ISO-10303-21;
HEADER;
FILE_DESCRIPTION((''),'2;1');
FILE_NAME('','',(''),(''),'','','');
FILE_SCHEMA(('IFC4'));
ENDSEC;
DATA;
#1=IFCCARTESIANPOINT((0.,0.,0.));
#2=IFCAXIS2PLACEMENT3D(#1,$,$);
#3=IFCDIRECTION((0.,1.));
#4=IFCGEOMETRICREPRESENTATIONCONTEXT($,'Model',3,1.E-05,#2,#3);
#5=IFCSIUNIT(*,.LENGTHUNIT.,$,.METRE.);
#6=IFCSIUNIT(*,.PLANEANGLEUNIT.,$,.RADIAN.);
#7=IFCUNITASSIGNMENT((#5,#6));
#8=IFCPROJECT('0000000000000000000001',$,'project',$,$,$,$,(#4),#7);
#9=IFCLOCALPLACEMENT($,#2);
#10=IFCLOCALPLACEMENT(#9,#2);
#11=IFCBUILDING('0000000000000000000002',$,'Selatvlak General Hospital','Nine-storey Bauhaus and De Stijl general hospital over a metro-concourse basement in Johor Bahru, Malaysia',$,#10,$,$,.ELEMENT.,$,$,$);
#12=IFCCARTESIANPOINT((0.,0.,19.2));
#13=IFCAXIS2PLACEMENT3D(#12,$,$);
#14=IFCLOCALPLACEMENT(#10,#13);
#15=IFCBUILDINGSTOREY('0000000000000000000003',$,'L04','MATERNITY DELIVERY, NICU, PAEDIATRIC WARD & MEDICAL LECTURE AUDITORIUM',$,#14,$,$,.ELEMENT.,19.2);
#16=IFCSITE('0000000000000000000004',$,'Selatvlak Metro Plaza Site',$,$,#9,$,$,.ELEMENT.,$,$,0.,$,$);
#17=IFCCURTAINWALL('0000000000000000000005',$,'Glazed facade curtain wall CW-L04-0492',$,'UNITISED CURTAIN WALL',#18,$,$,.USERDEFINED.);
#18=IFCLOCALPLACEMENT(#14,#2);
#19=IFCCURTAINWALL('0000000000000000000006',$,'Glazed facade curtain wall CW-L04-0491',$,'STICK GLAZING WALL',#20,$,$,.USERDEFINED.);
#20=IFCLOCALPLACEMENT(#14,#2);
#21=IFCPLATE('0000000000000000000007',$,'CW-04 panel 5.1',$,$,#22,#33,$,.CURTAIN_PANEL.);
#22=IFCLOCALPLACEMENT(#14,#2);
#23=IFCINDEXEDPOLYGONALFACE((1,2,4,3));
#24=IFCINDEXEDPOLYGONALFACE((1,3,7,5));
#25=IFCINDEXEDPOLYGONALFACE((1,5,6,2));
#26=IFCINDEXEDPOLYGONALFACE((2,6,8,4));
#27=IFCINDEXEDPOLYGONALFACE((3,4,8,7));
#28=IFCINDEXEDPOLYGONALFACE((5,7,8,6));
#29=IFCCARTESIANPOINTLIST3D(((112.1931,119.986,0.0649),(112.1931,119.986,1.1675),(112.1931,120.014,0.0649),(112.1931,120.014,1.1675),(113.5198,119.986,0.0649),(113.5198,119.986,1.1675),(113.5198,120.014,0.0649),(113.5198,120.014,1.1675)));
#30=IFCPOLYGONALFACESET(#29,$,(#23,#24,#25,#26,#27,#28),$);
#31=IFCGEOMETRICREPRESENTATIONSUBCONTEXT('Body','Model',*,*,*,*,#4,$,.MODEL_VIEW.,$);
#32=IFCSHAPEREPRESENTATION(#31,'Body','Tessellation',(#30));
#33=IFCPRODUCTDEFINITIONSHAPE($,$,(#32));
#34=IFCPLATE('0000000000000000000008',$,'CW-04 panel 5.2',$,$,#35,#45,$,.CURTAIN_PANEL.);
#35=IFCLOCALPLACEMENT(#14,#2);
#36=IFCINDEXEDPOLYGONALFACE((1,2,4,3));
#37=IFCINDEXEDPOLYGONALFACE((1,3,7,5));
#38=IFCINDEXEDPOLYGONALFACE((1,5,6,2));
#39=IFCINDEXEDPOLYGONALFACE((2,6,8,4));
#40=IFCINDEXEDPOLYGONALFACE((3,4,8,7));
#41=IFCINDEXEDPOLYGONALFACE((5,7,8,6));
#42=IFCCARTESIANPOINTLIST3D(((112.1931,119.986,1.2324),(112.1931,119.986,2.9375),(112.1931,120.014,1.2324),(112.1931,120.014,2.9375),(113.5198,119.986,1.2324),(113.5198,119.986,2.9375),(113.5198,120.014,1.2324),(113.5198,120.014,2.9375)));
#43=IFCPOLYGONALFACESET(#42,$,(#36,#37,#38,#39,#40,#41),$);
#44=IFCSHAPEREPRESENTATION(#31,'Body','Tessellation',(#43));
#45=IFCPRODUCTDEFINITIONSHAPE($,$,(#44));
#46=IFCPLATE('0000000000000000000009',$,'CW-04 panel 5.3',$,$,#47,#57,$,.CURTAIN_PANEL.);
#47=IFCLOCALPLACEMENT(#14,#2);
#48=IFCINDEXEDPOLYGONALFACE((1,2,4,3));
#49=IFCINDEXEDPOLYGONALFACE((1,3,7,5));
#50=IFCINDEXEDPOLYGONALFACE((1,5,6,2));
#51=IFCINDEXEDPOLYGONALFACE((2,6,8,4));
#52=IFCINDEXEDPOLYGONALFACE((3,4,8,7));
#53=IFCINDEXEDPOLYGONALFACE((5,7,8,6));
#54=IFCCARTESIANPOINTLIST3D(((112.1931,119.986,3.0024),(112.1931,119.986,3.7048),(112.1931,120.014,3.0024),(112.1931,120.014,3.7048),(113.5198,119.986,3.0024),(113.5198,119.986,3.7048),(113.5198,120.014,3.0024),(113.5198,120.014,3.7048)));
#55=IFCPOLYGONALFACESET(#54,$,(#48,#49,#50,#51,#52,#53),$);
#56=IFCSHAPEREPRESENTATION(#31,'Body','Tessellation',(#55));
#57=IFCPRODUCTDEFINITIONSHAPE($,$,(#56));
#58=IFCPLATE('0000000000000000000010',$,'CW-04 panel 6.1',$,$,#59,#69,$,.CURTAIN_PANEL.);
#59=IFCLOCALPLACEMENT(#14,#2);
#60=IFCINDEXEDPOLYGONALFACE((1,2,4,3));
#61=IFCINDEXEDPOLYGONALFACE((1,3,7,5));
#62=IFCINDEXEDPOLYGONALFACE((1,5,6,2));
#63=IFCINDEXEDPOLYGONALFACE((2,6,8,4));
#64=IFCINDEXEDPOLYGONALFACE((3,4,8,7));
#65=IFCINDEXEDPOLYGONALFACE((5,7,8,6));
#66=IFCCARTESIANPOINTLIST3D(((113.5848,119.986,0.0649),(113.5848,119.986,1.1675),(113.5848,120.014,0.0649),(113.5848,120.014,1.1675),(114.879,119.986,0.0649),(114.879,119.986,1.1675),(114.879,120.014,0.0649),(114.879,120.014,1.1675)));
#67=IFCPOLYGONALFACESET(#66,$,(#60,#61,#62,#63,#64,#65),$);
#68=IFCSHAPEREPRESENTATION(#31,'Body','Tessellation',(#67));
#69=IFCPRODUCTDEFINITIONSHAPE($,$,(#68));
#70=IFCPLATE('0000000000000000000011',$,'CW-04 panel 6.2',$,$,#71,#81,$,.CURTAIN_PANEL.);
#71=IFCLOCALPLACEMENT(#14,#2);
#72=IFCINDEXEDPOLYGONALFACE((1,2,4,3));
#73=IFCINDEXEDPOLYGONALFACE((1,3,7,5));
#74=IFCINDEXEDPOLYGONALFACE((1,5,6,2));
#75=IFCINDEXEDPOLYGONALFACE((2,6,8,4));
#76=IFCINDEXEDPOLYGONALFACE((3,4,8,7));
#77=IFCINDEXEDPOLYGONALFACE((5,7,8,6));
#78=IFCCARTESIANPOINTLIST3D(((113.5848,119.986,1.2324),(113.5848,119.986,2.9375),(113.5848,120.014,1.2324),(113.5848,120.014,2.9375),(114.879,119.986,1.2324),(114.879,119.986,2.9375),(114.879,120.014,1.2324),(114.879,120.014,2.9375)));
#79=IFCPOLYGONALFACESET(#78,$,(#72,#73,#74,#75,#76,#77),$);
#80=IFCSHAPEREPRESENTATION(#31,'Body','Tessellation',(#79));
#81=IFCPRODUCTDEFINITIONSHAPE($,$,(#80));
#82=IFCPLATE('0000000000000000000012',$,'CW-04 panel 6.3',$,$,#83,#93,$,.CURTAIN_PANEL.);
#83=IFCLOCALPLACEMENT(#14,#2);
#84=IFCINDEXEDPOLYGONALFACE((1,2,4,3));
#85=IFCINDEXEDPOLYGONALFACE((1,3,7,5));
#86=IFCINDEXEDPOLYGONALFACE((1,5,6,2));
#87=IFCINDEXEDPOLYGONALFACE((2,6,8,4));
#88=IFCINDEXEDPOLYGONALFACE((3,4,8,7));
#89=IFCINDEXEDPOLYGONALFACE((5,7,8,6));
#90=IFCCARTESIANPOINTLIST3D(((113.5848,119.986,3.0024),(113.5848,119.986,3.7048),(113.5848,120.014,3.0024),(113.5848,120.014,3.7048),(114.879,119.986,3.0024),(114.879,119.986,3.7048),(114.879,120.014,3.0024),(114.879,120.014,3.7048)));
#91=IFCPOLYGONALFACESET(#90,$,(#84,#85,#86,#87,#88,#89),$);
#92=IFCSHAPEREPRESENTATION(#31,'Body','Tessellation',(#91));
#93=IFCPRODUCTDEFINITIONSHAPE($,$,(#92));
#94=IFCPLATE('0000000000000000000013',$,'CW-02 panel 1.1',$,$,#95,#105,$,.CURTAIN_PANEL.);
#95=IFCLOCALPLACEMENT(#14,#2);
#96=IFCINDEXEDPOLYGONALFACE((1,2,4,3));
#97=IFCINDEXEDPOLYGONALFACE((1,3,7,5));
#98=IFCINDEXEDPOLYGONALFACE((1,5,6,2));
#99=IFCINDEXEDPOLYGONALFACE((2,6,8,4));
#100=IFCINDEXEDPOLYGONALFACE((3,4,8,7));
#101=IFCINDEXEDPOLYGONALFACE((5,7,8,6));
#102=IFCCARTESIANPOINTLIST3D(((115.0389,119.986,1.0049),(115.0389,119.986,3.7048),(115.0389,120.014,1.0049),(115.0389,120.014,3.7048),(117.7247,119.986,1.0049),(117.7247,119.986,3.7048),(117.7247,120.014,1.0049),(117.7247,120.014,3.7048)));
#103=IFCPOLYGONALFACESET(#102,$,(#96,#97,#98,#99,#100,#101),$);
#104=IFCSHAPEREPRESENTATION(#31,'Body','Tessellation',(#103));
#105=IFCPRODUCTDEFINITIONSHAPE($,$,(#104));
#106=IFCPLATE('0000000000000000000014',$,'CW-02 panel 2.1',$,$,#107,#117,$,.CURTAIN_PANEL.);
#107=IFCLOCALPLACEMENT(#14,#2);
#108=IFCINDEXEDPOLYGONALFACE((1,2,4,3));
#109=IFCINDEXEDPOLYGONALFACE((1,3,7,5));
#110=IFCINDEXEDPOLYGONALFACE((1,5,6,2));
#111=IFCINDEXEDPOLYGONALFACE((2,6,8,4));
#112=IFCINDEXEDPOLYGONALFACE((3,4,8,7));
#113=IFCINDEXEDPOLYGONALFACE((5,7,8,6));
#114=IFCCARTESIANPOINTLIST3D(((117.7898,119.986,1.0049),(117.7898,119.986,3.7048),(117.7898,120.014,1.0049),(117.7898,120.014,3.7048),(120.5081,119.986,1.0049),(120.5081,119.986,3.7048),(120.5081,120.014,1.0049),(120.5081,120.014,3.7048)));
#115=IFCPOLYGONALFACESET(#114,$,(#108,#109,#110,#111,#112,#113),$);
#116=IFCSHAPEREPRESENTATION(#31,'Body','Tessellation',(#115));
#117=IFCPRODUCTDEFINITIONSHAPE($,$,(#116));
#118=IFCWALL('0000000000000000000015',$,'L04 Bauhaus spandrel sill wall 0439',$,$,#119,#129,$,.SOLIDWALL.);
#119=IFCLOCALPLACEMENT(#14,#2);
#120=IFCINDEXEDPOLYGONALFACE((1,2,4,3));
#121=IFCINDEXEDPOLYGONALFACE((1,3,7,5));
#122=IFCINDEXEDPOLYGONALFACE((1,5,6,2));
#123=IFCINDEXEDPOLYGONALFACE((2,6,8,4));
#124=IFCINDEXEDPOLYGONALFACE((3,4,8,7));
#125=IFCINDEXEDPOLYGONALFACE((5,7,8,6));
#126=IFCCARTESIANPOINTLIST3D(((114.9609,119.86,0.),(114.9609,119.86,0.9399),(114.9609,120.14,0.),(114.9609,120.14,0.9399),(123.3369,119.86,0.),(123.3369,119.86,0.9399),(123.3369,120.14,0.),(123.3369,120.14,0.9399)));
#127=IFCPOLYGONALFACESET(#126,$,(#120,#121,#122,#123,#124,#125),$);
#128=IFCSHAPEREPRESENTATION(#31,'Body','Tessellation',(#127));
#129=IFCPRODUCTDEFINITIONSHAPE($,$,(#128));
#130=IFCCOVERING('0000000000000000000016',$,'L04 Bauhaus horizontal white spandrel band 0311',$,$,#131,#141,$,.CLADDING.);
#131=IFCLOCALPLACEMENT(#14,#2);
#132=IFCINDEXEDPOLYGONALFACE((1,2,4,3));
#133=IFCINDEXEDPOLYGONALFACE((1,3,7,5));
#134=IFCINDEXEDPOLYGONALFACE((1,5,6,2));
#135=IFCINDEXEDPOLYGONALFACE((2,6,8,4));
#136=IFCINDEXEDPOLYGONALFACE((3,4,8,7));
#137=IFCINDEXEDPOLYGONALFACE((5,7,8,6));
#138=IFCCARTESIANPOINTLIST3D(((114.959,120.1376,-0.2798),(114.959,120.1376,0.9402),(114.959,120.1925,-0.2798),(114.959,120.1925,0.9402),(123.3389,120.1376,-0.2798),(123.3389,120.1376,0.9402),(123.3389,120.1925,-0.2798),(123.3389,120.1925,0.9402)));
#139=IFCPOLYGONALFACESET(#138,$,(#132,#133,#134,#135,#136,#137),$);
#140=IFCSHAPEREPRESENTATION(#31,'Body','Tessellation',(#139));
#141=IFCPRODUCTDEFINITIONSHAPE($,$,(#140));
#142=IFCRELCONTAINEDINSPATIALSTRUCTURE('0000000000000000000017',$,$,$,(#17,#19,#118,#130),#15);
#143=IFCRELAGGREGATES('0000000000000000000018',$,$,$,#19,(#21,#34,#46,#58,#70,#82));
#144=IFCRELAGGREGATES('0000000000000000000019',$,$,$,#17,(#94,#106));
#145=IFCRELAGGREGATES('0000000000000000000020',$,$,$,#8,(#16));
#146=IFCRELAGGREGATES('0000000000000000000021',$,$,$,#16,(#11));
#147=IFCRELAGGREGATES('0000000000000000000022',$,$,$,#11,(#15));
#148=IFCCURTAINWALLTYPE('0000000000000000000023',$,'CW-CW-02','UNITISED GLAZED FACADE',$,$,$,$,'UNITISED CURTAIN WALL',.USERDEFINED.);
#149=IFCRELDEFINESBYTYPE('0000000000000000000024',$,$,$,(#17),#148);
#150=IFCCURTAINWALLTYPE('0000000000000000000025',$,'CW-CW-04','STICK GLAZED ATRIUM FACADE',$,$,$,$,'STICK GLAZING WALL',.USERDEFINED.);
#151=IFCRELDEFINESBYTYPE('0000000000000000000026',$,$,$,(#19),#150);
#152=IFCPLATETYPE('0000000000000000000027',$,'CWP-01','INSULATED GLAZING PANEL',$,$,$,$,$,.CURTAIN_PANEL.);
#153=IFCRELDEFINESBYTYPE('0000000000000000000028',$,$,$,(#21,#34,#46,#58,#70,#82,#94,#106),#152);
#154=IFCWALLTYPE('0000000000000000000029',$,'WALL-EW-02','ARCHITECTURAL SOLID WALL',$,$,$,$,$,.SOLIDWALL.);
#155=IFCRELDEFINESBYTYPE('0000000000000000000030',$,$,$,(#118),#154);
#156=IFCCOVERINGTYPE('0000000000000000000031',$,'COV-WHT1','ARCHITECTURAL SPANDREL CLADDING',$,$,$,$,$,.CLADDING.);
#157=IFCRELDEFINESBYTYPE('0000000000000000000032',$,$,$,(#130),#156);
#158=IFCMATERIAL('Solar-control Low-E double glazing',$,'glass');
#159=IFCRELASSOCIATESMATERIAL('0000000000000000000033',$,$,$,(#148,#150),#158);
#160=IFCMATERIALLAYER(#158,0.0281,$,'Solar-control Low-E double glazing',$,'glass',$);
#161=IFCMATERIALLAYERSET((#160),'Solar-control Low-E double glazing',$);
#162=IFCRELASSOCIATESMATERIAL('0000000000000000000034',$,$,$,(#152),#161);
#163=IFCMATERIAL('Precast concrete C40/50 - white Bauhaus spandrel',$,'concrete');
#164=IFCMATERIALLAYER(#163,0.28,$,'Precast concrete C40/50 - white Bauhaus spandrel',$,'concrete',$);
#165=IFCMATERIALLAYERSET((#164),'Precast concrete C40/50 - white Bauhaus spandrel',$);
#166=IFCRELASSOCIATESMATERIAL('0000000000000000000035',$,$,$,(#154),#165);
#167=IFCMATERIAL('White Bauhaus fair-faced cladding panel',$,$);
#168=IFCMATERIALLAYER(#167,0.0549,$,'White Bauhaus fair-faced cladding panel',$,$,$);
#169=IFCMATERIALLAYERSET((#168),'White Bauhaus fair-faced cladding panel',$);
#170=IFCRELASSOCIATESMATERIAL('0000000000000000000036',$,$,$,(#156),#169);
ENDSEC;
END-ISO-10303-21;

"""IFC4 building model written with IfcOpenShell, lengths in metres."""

from ifc_helpers import new_model, si_unit, direction, frame, frame_2d, origin, origin_2d, place, context, subcontext, project, spatial, rectangle, extrude, material, layer, layer_set, type_object, element, aggregate, save


model = new_model("IFC4")

# Units and contexts
model_context = context("Model", 3, precision=1e-05, world=origin(), true_north=direction((0.0, 1.0)))
body_context = subcontext(model_context, "Body", "Model", "MODEL_VIEW")
ifc_project = project(units=[si_unit("LENGTHUNIT", "METRE"), si_unit("PLANEANGLEUNIT", "RADIAN")], contexts=[model_context])

# Site, building, storey
site_placement = place(None, origin())
site = spatial("IfcSite", under=ifc_project, at=site_placement, Name="Selatvlak Metro Plaza Site", CompositionType="ELEMENT", RefElevation=0.0)
building_placement = place(site_placement, origin())
building = spatial("IfcBuilding", under=site, at=building_placement, Name="Selatvlak General Hospital", Description="Nine-storey Bauhaus and De Stijl general hospital over a metro-concourse basement in Johor Bahru, Malaysia", CompositionType="ELEMENT")
storey_placement = place(building_placement, frame((0.0, 0.0, 19.2)))
storey = spatial("IfcBuildingStorey", under=building, at=storey_placement, Name="L04", Description="MATERNITY DELIVERY, NICU, PAEDIATRIC WARD & MEDICAL LECTURE AUDITORIUM", CompositionType="ELEMENT", Elevation=19.2)

# Curtain walls
ifc_material_1 = material(Name="Solar-control Low-E double glazing", Category="glass")
curtain_wall_type_1 = type_object("IfcCurtainWallType", Name="CW-CW-02", Description="UNITISED GLAZED FACADE", ElementType="UNITISED CURTAIN WALL", PredefinedType="USERDEFINED", material=ifc_material_1)
curtain_wall_1_placement = place(storey_placement, origin())
curtain_wall_1 = element("IfcCurtainWall", 1, at=curtain_wall_1_placement, inside=storey, type_object=curtain_wall_type_1, Name="Glazed facade curtain wall CW-L04-0492", ObjectType="UNITISED CURTAIN WALL", PredefinedType="USERDEFINED")
curtain_wall_type_2 = type_object("IfcCurtainWallType", Name="CW-CW-04", Description="STICK GLAZED ATRIUM FACADE", ElementType="STICK GLAZING WALL", PredefinedType="USERDEFINED", material=ifc_material_1)
curtain_wall_2_placement = place(storey_placement, origin())
curtain_wall_2 = element("IfcCurtainWall", 2, at=curtain_wall_2_placement, inside=storey, type_object=curtain_wall_type_2, Name="Glazed facade curtain wall CW-L04-0491", ObjectType="STICK GLAZING WALL", PredefinedType="USERDEFINED")

# Plates
ifc_layer_1 = layer(ifc_material_1, 0.0281, Name="Solar-control Low-E double glazing", Category="glass")
ifc_layer_set_1 = layer_set([ifc_layer_1], Name="Solar-control Low-E double glazing")
plate_type = type_object("IfcPlateType", Name="CWP-01", Description="INSULATED GLAZING PANEL", PredefinedType="CURTAIN_PANEL", material=ifc_layer_set_1)
plate_1_placement = place(storey_placement, frame((112.8564, 120.0, 0.0649), z_axis=(0.0, 0.0, 1.0), x_axis=(1.0, 0.0, 0.0)))
plate_1 = element("IfcPlate", 3, at=plate_1_placement, type_object=plate_type, Name="CW-04 panel 5.1", PredefinedType="CURTAIN_PANEL", context=body_context, shape_type="SweptSolid", body=[
    extrude(rectangle(XDim=1.3267, YDim=0.0281, at=origin_2d()), origin(), (0.0, 0.0, 1.0), 1.1025),
])
plate_2_placement = place(storey_placement, frame((112.8564, 120.0, 1.2324), z_axis=(0.0, 0.0, 1.0), x_axis=(1.0, 0.0, 0.0)))
plate_2 = element("IfcPlate", 4, at=plate_2_placement, type_object=plate_type, Name="CW-04 panel 5.2", PredefinedType="CURTAIN_PANEL", context=body_context, shape_type="SweptSolid", body=[
    extrude(rectangle(XDim=1.3267, YDim=0.0281, at=origin_2d()), origin(), (0.0, 0.0, 1.0), 1.7051),
])
plate_3_placement = place(storey_placement, frame((112.8564, 120.0, 3.0024), z_axis=(0.0, 0.0, 1.0), x_axis=(1.0, 0.0, 0.0)))
plate_3 = element("IfcPlate", 5, at=plate_3_placement, type_object=plate_type, Name="CW-04 panel 5.3", PredefinedType="CURTAIN_PANEL", context=body_context, shape_type="SweptSolid", body=[
    extrude(rectangle(XDim=1.3267, YDim=0.0281, at=origin_2d()), origin(), (0.0, 0.0, 1.0), 0.7024),
])
plate_4_placement = place(storey_placement, frame((114.2319, 120.0, 0.0649), z_axis=(0.0, 0.0, 1.0), x_axis=(1.0, 0.0, 0.0)))
plate_4 = element("IfcPlate", 6, at=plate_4_placement, type_object=plate_type, Name="CW-04 panel 6.1", PredefinedType="CURTAIN_PANEL", context=body_context, shape_type="SweptSolid", body=[
    extrude(rectangle(XDim=1.2942, YDim=0.0281, at=origin_2d()), origin(), (0.0, 0.0, 1.0), 1.1025),
])
plate_5_placement = place(storey_placement, frame((114.2319, 120.0, 1.2324), z_axis=(0.0, 0.0, 1.0), x_axis=(1.0, 0.0, 0.0)))
plate_5 = element("IfcPlate", 7, at=plate_5_placement, type_object=plate_type, Name="CW-04 panel 6.2", PredefinedType="CURTAIN_PANEL", context=body_context, shape_type="SweptSolid", body=[
    extrude(rectangle(XDim=1.2942, YDim=0.0281, at=origin_2d()), origin(), (0.0, 0.0, 1.0), 1.7051),
])
plate_6_placement = place(storey_placement, frame((114.2319, 120.0, 3.0024), z_axis=(0.0, 0.0, 1.0), x_axis=(1.0, 0.0, 0.0)))
plate_6 = element("IfcPlate", 8, at=plate_6_placement, type_object=plate_type, Name="CW-04 panel 6.3", PredefinedType="CURTAIN_PANEL", context=body_context, shape_type="SweptSolid", body=[
    extrude(rectangle(XDim=1.2942, YDim=0.0281, at=origin_2d()), origin(), (0.0, 0.0, 1.0), 0.7024),
])
aggregate(curtain_wall_2, [plate_1, plate_2, plate_3, plate_4, plate_5, plate_6])
plate_7_placement = place(storey_placement, frame((116.3818, 120.0, 1.0049), z_axis=(0.0, 0.0, 1.0), x_axis=(1.0, 0.0, 0.0)))
plate_7 = element("IfcPlate", 9, at=plate_7_placement, type_object=plate_type, Name="CW-02 panel 1.1", PredefinedType="CURTAIN_PANEL", context=body_context, shape_type="SweptSolid", body=[
    extrude(rectangle(XDim=2.6858, YDim=0.0281, at=origin_2d()), origin(), (0.0, 0.0, 1.0), 2.7),
])
plate_8_placement = place(storey_placement, frame((119.1489, 120.0, 1.0049), z_axis=(0.0, 0.0, 1.0), x_axis=(1.0, 0.0, 0.0)))
plate_8 = element("IfcPlate", 10, at=plate_8_placement, type_object=plate_type, Name="CW-02 panel 2.1", PredefinedType="CURTAIN_PANEL", context=body_context, shape_type="SweptSolid", body=[
    extrude(rectangle(XDim=2.7183, YDim=0.0281, at=origin_2d()), origin(), (0.0, 0.0, 1.0), 2.7),
])
aggregate(curtain_wall_1, [plate_7, plate_8])

# Wall
ifc_material_2 = material(Name="Precast concrete C40/50 - white Bauhaus spandrel", Category="concrete")
ifc_layer_2 = layer(ifc_material_2, 0.28, Name="Precast concrete C40/50 - white Bauhaus spandrel", Category="concrete")
ifc_layer_set_2 = layer_set([ifc_layer_2], Name="Precast concrete C40/50 - white Bauhaus spandrel")
wall_type = type_object("IfcWallType", Name="WALL-EW-02", Description="ARCHITECTURAL SOLID WALL", PredefinedType="SOLIDWALL", material=ifc_layer_set_2)
wall_placement = place(storey_placement, frame((114.9609, 120.0, 0.0), z_axis=(0.0, 0.0, 1.0), x_axis=(1.0, 0.0, 0.0)))
element("IfcWall", 11, at=wall_placement, inside=storey, type_object=wall_type, Name="L04 Bauhaus spandrel sill wall 0439", PredefinedType="SOLIDWALL", context=body_context, shape_type="SweptSolid", body=[
    extrude(rectangle(XDim=8.376, YDim=0.28, at=frame_2d((4.188, 0.0))), origin(), (0.0, 0.0, 1.0), 0.9399),
])

# Covering
ifc_material_3 = material(Name="White Bauhaus fair-faced cladding panel")
ifc_layer_3 = layer(ifc_material_3, 0.0549, Name="White Bauhaus fair-faced cladding panel")
ifc_layer_set_3 = layer_set([ifc_layer_3], Name="White Bauhaus fair-faced cladding panel")
covering_type = type_object("IfcCoveringType", Name="COV-WHT1", Description="ARCHITECTURAL SPANDREL CLADDING", PredefinedType="CLADDING", material=ifc_layer_set_3)
covering_placement = place(storey_placement, frame((119.1489, 120.165, -0.2798), z_axis=(0.0, 0.0, 1.0), x_axis=(1.0, 0.0, 0.0)))
element("IfcCovering", 12, at=covering_placement, inside=storey, type_object=covering_type, Name="L04 Bauhaus horizontal white spandrel band 0311", PredefinedType="CLADDING", context=body_context, shape_type="SweptSolid", body=[
    extrude(rectangle(XDim=8.3799, YDim=0.0549, at=origin_2d()), origin(), (0.0, 0.0, 1.0), 1.22),
])

save(model, "model.ifc")
